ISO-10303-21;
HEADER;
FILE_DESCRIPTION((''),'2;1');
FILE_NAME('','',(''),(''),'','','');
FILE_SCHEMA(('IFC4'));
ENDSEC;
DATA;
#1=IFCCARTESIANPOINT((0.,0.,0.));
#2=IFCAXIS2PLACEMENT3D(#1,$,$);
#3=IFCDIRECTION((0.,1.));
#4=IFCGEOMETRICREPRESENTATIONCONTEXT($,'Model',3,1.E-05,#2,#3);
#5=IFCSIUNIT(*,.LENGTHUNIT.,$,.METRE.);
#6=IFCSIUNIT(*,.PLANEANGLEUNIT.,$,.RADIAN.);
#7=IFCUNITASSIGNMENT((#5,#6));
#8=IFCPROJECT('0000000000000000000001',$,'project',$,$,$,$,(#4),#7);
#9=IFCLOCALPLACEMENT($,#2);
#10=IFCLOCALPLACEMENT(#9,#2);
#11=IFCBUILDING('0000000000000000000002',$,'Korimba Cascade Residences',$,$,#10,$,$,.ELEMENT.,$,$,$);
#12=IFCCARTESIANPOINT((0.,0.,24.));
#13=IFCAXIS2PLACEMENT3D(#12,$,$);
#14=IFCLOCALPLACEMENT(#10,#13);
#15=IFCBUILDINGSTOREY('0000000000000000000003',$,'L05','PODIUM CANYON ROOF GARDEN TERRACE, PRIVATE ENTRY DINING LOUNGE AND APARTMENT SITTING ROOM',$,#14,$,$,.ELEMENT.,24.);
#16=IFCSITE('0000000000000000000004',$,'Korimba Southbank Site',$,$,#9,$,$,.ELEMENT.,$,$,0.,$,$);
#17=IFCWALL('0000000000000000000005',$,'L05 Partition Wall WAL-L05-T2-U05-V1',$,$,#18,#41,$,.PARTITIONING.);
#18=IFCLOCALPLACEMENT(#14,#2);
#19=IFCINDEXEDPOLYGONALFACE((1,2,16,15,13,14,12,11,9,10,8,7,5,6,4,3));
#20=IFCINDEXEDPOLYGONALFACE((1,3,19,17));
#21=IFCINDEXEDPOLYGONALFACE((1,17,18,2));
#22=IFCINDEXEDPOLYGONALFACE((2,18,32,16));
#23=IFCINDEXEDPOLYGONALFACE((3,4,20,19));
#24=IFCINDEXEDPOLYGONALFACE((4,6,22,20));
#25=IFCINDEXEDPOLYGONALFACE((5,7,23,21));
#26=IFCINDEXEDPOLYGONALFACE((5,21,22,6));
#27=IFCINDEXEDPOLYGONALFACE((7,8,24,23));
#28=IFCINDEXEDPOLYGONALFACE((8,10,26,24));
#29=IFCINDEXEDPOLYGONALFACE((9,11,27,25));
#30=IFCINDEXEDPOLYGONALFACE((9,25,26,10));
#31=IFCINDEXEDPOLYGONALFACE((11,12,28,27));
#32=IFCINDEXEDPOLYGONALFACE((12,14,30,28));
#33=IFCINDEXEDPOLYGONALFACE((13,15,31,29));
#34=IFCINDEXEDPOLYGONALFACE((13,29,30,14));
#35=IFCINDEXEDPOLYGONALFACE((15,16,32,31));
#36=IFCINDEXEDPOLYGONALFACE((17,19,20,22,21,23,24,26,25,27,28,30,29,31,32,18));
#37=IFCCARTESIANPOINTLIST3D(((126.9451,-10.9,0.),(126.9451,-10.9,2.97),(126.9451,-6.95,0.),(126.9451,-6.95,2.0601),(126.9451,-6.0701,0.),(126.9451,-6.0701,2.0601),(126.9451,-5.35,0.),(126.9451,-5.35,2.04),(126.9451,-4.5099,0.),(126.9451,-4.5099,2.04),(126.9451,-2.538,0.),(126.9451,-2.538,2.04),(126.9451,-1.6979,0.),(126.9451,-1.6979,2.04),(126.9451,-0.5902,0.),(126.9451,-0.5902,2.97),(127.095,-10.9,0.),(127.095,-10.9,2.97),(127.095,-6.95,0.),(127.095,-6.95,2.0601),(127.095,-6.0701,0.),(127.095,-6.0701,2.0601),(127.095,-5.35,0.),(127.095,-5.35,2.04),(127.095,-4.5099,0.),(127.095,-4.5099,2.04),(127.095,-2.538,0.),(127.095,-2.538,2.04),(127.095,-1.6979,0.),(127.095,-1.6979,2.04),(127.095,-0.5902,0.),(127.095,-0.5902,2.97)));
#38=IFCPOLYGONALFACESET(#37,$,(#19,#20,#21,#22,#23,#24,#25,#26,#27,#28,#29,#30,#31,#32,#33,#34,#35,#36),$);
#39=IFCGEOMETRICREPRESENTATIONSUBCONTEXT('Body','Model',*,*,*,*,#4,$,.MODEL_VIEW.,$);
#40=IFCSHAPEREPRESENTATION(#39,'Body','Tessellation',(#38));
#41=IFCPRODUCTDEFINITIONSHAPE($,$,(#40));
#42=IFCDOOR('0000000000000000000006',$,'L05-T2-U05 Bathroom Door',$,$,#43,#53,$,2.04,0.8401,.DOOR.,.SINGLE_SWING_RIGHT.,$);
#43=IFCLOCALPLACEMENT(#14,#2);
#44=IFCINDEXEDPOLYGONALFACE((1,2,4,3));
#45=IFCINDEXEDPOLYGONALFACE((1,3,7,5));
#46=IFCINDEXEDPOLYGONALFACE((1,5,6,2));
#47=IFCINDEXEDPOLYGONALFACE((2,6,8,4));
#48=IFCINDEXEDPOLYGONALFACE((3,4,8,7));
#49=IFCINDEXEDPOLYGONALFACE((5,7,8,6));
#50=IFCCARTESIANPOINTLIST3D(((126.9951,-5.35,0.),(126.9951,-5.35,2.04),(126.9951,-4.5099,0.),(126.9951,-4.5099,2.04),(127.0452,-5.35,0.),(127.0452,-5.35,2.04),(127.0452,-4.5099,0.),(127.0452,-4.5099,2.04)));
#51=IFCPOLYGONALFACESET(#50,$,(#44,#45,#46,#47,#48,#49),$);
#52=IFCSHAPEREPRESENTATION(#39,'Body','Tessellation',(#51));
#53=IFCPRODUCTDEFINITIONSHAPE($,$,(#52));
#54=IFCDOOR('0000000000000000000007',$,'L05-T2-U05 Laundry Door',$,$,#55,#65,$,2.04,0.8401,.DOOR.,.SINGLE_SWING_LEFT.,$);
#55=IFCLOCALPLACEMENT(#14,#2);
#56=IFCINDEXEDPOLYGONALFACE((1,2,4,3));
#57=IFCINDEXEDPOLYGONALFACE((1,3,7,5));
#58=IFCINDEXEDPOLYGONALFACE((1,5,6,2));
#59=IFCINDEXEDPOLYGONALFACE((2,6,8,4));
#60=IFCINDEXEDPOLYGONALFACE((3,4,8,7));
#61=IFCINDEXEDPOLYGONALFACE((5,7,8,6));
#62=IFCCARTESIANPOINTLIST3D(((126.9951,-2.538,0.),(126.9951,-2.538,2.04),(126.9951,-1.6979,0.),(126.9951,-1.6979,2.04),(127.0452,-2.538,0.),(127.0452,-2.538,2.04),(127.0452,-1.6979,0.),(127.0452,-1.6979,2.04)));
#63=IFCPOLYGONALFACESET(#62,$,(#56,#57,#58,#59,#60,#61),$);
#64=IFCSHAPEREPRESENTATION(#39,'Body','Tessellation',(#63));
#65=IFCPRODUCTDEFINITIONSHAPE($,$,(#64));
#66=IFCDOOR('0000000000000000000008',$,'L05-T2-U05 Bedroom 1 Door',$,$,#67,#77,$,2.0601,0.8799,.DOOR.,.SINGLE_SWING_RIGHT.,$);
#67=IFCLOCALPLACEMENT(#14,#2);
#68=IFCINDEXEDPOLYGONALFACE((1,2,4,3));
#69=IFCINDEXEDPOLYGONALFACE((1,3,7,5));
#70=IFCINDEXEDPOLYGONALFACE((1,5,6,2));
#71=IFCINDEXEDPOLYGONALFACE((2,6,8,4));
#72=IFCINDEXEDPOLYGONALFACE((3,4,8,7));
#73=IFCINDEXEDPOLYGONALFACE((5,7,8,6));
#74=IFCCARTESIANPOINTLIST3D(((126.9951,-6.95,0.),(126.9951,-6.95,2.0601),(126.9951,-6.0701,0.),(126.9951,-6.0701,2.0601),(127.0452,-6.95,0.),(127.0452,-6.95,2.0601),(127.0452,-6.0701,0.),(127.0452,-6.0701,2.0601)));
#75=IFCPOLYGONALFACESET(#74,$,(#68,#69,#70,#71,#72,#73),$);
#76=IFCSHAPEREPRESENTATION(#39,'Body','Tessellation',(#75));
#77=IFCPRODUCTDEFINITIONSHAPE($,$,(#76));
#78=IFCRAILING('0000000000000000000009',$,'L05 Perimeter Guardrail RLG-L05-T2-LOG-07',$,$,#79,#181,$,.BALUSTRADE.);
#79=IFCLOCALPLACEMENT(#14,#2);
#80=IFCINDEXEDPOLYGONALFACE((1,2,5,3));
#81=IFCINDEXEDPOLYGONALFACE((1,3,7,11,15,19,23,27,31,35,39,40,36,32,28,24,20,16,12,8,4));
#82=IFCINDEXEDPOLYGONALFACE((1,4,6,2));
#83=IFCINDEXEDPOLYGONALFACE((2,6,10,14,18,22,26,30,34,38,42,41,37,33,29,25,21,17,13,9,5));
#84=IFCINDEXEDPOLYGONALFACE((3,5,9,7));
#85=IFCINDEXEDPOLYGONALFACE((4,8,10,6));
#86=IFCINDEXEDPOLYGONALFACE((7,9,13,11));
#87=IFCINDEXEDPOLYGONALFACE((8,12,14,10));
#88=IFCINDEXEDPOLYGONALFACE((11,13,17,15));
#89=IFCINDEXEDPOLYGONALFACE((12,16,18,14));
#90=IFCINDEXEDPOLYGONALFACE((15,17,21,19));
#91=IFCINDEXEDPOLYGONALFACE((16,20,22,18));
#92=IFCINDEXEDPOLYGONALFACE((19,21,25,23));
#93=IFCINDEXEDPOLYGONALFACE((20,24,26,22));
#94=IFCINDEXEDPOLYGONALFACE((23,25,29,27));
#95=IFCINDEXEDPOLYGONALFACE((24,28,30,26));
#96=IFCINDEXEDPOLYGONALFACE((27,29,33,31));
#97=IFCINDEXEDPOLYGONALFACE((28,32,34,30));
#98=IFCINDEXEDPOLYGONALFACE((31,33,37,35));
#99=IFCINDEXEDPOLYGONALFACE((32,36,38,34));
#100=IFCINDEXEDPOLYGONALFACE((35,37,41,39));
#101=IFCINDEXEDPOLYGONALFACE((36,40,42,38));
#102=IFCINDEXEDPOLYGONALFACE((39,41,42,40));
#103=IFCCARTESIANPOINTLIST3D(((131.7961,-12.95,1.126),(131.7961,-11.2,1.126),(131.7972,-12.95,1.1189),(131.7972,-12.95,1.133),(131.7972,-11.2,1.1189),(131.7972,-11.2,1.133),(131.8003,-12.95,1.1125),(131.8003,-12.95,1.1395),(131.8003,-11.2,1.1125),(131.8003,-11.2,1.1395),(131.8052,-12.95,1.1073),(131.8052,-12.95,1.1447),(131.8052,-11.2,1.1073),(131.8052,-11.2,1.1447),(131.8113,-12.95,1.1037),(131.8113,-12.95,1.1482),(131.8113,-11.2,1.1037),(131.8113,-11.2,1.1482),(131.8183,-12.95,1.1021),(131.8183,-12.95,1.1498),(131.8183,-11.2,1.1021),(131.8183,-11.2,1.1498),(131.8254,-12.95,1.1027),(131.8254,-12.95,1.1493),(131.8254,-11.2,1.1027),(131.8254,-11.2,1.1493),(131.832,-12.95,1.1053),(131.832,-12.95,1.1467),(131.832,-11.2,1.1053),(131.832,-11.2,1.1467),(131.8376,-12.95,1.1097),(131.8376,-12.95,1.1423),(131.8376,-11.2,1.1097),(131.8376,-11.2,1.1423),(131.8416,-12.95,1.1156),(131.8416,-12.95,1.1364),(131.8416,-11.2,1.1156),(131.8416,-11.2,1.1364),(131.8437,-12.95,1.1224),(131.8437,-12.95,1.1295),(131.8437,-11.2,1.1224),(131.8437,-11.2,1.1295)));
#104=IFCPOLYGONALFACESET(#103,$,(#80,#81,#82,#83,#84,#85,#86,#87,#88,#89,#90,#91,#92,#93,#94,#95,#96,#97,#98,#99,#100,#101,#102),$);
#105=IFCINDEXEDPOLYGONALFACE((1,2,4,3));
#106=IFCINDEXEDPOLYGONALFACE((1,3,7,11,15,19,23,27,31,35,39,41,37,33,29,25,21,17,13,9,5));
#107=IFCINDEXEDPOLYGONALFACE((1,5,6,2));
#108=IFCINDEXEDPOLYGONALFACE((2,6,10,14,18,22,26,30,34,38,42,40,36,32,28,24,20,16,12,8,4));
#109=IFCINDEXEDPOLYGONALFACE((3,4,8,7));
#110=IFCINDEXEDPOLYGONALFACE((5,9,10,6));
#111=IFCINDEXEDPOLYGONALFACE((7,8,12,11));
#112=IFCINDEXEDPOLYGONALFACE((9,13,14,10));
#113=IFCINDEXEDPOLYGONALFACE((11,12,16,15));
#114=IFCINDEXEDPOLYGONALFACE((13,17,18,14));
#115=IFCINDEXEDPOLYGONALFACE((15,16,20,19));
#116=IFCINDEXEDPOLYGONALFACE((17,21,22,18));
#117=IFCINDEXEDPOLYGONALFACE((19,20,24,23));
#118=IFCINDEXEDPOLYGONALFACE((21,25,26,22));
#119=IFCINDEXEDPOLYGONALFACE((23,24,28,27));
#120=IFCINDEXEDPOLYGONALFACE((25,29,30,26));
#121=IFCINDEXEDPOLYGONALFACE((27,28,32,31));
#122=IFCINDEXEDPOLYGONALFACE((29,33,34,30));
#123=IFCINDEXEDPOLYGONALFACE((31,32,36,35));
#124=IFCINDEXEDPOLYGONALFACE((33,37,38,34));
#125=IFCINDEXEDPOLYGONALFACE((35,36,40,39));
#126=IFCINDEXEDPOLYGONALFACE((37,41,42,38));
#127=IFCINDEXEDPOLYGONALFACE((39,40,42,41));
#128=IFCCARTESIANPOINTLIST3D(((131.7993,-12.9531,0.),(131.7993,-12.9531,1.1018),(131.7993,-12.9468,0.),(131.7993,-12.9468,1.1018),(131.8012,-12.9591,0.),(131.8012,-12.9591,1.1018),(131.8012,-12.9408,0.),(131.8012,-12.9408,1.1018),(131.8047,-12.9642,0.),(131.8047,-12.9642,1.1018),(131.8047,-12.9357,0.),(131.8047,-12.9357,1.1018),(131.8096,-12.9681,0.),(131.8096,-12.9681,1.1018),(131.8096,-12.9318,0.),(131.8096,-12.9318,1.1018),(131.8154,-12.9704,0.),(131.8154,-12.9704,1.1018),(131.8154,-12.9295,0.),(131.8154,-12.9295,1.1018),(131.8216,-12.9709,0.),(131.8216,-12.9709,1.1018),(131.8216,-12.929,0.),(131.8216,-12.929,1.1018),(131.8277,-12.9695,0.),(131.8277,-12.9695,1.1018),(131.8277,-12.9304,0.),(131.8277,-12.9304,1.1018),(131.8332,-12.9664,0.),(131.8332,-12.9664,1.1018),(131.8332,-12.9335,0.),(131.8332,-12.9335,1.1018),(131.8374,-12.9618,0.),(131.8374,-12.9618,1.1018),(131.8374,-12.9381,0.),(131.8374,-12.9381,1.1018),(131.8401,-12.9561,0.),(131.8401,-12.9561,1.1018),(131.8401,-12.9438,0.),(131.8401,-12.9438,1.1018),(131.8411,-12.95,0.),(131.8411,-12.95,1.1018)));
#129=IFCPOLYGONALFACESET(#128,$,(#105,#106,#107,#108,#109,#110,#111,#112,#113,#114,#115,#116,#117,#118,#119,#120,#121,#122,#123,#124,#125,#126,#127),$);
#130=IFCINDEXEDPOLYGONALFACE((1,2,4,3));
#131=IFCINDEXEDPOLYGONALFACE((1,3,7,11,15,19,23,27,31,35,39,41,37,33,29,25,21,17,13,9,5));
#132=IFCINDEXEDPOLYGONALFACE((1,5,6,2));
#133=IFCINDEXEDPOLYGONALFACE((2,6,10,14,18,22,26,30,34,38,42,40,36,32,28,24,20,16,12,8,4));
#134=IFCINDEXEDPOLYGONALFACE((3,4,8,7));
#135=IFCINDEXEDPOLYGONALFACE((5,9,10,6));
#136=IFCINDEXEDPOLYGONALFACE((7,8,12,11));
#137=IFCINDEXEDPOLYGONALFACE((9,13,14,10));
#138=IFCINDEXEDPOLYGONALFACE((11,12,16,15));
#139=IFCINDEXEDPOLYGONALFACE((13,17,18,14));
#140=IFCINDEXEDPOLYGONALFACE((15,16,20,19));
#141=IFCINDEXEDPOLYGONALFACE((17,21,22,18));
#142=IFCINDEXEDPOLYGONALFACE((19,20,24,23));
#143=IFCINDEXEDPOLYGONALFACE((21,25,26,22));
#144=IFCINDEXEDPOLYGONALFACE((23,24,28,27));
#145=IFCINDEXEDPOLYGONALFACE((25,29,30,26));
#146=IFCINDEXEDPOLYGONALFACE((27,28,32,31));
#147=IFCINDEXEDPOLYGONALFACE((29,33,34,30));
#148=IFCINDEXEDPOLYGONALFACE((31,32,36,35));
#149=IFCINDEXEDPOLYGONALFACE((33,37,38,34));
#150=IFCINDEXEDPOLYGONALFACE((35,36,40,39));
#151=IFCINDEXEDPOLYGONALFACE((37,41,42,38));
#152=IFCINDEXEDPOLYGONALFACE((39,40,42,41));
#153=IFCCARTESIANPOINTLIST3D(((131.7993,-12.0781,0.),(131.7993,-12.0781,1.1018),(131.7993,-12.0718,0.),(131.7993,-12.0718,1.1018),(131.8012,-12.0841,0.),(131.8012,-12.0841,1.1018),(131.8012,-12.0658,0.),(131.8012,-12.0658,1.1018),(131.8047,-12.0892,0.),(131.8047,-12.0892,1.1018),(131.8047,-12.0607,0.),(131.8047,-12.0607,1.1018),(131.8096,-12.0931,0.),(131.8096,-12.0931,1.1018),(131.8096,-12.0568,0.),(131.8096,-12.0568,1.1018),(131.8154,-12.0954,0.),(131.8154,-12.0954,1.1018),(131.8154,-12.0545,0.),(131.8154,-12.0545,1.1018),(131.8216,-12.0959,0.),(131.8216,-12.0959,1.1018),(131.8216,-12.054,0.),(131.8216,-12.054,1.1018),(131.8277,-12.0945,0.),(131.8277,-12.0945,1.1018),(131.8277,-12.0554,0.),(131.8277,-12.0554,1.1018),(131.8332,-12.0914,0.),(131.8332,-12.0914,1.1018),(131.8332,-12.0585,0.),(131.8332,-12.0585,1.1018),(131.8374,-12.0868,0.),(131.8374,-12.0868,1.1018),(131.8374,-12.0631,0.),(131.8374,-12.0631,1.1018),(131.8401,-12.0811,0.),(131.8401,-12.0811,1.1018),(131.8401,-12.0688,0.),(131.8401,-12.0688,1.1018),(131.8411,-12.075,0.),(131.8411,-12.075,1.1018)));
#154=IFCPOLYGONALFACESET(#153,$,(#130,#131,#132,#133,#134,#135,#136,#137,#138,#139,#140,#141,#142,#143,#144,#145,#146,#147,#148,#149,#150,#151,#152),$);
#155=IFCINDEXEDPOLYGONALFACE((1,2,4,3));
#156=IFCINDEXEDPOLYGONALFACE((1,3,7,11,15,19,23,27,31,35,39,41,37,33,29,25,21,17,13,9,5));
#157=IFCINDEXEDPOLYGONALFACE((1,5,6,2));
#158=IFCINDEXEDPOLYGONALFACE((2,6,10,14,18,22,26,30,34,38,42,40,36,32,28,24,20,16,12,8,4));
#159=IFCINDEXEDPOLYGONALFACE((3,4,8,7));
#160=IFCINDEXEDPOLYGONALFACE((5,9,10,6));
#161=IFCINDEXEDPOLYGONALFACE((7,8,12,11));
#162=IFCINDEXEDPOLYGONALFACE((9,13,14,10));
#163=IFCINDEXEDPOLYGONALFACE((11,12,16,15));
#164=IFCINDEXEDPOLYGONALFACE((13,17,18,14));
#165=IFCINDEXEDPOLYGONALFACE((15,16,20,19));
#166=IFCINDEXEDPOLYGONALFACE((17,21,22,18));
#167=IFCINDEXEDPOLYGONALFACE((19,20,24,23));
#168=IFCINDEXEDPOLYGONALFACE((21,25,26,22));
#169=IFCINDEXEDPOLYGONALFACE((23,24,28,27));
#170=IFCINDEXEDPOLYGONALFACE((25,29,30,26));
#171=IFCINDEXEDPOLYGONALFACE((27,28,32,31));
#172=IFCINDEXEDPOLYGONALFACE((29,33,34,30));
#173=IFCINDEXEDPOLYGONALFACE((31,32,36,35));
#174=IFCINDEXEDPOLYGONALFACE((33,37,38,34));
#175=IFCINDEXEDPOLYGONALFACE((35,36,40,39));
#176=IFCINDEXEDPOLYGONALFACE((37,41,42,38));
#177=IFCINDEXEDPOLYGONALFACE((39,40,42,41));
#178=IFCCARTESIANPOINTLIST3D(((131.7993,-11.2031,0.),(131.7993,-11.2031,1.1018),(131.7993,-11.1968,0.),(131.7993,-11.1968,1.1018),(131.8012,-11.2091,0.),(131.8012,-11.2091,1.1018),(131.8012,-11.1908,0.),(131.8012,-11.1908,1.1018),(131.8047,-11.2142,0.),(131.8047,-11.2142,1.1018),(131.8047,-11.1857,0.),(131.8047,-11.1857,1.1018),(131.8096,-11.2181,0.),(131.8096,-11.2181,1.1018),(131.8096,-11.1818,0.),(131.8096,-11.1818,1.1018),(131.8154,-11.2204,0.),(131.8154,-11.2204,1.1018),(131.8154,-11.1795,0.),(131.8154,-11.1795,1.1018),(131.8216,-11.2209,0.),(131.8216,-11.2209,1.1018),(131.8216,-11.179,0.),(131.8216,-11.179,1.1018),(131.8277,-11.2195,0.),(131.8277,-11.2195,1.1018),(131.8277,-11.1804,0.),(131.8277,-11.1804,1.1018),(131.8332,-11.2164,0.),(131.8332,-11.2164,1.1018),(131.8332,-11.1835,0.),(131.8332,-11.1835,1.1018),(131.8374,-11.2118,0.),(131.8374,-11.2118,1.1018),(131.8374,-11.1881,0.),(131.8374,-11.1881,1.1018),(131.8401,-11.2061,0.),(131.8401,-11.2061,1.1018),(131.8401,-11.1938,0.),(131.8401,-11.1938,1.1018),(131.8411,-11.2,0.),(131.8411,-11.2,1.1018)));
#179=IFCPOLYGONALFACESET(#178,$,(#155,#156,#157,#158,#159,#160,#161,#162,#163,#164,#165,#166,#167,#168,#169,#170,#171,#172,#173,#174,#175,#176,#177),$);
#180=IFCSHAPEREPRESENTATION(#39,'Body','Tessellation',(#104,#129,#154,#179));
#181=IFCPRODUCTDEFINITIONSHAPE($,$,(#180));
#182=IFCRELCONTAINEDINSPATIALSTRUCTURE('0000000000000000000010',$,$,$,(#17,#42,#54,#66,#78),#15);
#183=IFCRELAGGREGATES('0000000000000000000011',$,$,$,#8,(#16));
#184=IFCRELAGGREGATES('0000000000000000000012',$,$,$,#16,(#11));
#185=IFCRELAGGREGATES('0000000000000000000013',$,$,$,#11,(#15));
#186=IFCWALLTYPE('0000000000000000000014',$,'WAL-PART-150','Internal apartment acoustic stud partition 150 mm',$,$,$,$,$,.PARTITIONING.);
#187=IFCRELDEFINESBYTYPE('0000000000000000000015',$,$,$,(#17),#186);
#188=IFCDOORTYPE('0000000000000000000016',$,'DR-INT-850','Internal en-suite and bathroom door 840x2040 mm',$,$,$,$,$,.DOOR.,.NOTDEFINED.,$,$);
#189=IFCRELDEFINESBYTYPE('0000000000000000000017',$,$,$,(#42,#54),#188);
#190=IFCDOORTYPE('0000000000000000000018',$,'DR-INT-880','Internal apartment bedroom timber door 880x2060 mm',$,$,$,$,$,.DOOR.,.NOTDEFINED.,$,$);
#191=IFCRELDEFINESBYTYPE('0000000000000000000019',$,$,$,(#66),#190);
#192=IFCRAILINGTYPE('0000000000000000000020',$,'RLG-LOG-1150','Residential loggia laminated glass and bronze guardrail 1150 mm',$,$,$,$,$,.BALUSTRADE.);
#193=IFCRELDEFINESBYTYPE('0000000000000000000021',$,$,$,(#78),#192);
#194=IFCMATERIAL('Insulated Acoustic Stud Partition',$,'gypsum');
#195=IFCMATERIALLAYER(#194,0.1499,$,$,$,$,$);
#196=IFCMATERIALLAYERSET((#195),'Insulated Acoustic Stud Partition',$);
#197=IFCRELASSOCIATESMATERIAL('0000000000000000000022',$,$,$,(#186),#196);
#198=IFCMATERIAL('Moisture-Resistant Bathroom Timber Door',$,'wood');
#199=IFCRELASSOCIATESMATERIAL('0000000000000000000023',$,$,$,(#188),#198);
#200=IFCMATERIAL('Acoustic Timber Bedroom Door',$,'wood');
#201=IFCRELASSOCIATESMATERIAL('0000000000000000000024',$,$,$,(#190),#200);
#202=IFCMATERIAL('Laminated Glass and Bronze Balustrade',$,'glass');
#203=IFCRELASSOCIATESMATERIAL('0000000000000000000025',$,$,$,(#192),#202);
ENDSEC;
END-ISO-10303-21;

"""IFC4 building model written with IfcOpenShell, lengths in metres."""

from ifc_helpers import new_model, si_unit, direction, frame, frame_2d, origin, origin_2d, place, context, subcontext, project, spatial, rectangle, circle, extrude, material, layer, layer_set, type_object, element, fill, save


model = new_model("IFC4")

# Units and contexts
model_context = context("Model", 3, precision=1e-05, world=origin(), true_north=direction((0.0, 1.0)))
body_context = subcontext(model_context, "Body", "Model", "MODEL_VIEW")
ifc_project = project(units=[si_unit("LENGTHUNIT", "METRE"), si_unit("PLANEANGLEUNIT", "RADIAN")], contexts=[model_context])

# Site, building, storey
site_placement = place(None, origin())
site = spatial("IfcSite", under=ifc_project, at=site_placement, Name="Korimba Southbank Site", CompositionType="ELEMENT", RefElevation=0.0)
building_placement = place(site_placement, origin())
building = spatial("IfcBuilding", under=site, at=building_placement, Name="Korimba Cascade Residences", CompositionType="ELEMENT")
storey_placement = place(building_placement, frame((0.0, 0.0, 24.0)))
storey = spatial("IfcBuildingStorey", under=building, at=storey_placement, Name="L05", Description="PODIUM CANYON ROOF GARDEN TERRACE, PRIVATE ENTRY DINING LOUNGE AND APARTMENT SITTING ROOM", CompositionType="ELEMENT", Elevation=24.0)

# Shared definitions
ifc_material_1 = material(Name="Insulated Acoustic Stud Partition", Category="gypsum")
ifc_layer_1 = layer(ifc_material_1, 0.1499)
ifc_layer_set_1 = layer_set([ifc_layer_1], Name="Insulated Acoustic Stud Partition")
wall_type_1 = type_object("IfcWallType", Name="WAL-PART-150", Description="Internal apartment acoustic stud partition 150 mm", PredefinedType="PARTITIONING", material=ifc_layer_set_1)
ifc_material_2 = material(Name="Moisture-Resistant Bathroom Timber Door", Category="wood")
door_type_1 = type_object("IfcDoorType", Name="DR-INT-850", Description="Internal en-suite and bathroom door 840x2040 mm", OperationType="NOTDEFINED", PredefinedType="DOOR", material=ifc_material_2)
ifc_material_3 = material(Name="Acoustic Timber Bedroom Door", Category="wood")
door_type_2 = type_object("IfcDoorType", Name="DR-INT-880", Description="Internal apartment bedroom timber door 880x2060 mm", OperationType="NOTDEFINED", PredefinedType="DOOR", material=ifc_material_3)

# Wall, openings, doors
wall_1_placement = place(storey_placement, frame((127.02, -10.8999, 0.0), z_axis=(0.0, 0.0, 1.0), x_axis=(0.0, 1.0, 0.0)))
wall_1 = element("IfcWall", 1, at=wall_1_placement, inside=storey, type_object=wall_type_1, Name="L05 Partition Wall WAL-L05-T2-U05-V1", PredefinedType="PARTITIONING", context=body_context, shape_type="SweptSolid", body=[
    extrude(rectangle(XDim=10.3098, YDim=0.1499, at=frame_2d((5.1548, 0.0))), origin(), (0.0, 0.0, 1.0), 2.97),
])
opening_1_placement = place(wall_1_placement, frame((5.55, 0.0, 0.0)))
opening_1 = element("IfcOpeningElement", 2, at=opening_1_placement, cuts=wall_1, PredefinedType="OPENING", context=body_context, shape_type="SweptSolid", body=[
    extrude(rectangle(XDim=0.8401, YDim=2.04, at=frame_2d((0.4199, 1.02))), frame((0.0, 0.085, 0.0), z_axis=(0.0, -1.0, 0.0), x_axis=(1.0, 0.0, 0.0)), (0.0, 0.0, 1.0), 0.1699),
])
opening_2_placement = place(wall_1_placement, frame((8.3621, 0.0, 0.0)))
opening_2 = element("IfcOpeningElement", 3, at=opening_2_placement, cuts=wall_1, PredefinedType="OPENING", context=body_context, shape_type="SweptSolid", body=[
    extrude(rectangle(XDim=0.8401, YDim=2.04, at=frame_2d((0.4199, 1.02))), frame((0.0, 0.085, 0.0), z_axis=(0.0, -1.0, 0.0), x_axis=(1.0, 0.0, 0.0)), (0.0, 0.0, 1.0), 0.1699),
])
opening_3_placement = place(wall_1_placement, frame((3.95, 0.0, 0.0)))
opening_3 = element("IfcOpeningElement", 4, at=opening_3_placement, cuts=wall_1, PredefinedType="OPENING", context=body_context, shape_type="SweptSolid", body=[
    extrude(rectangle(XDim=0.8799, YDim=2.0601, at=frame_2d((0.4399, 1.03))), frame((0.0, 0.085, 0.0), z_axis=(0.0, -1.0, 0.0), x_axis=(1.0, 0.0, 0.0)), (0.0, 0.0, 1.0), 0.1699),
])
door_1_placement = place(opening_1_placement, origin())
door_1 = element("IfcDoor", 5, at=door_1_placement, inside=storey, type_object=door_type_1, Name="L05-T2-U05 Bathroom Door", OperationType="SINGLE_SWING_RIGHT", OverallHeight=2.04, OverallWidth=0.8401, PredefinedType="DOOR", context=body_context, shape_type="SweptSolid", body=[
    extrude(rectangle(XDim=0.8401, YDim=2.04, at=frame_2d((0.4199, 1.02))), frame((0.0, 0.0249, 0.0), z_axis=(0.0, -1.0, 0.0), x_axis=(1.0, 0.0, 0.0)), (0.0, 0.0, 1.0), 0.05),
])
fill(opening_1, door_1)
door_2_placement = place(opening_2_placement, origin())
door_2 = element("IfcDoor", 6, at=door_2_placement, inside=storey, type_object=door_type_1, Name="L05-T2-U05 Laundry Door", OperationType="SINGLE_SWING_LEFT", OverallHeight=2.04, OverallWidth=0.8401, PredefinedType="DOOR", context=body_context, shape_type="SweptSolid", body=[
    extrude(rectangle(XDim=0.8401, YDim=2.04, at=frame_2d((0.4199, 1.02))), frame((0.0, 0.0249, 0.0), z_axis=(0.0, -1.0, 0.0), x_axis=(1.0, 0.0, 0.0)), (0.0, 0.0, 1.0), 0.05),
])
fill(opening_2, door_2)
door_3_placement = place(opening_3_placement, origin())
door_3 = element("IfcDoor", 7, at=door_3_placement, inside=storey, type_object=door_type_2, Name="L05-T2-U05 Bedroom 1 Door", OperationType="SINGLE_SWING_RIGHT", OverallHeight=2.0601, OverallWidth=0.8799, PredefinedType="DOOR", context=body_context, shape_type="SweptSolid", body=[
    extrude(rectangle(XDim=0.8799, YDim=2.0601, at=frame_2d((0.4399, 1.03))), frame((0.0, 0.0249, 0.0), z_axis=(0.0, -1.0, 0.0), x_axis=(1.0, 0.0, 0.0)), (0.0, 0.0, 1.0), 0.05),
])
fill(opening_3, door_3)

# Railing
ifc_material_4 = material(Name="Laminated Glass and Bronze Balustrade", Category="glass")
railing_type = type_object("IfcRailingType", Name="RLG-LOG-1150", Description="Residential loggia laminated glass and bronze guardrail 1150 mm", PredefinedType="BALUSTRADE", material=ifc_material_4)
railing_placement = place(storey_placement, frame((131.8201, -12.95, 0.0)))
element("IfcRailing", 8, at=railing_placement, inside=storey, type_object=railing_type, Name="L05 Perimeter Guardrail RLG-L05-T2-LOG-07", PredefinedType="BALUSTRADE", context=body_context, shape_type="SweptSolid", body=[
    extrude(circle(Radius=0.0239, at=origin_2d()), frame((0.0, 0.0, 1.126), z_axis=(0.0, 1.0, 0.0), x_axis=(-1.0, 0.0, 0.0)), (0.0, 0.0, 1.0), 1.75),
    extrude(circle(Radius=0.021, at=origin_2d()), origin(), (0.0, 0.0, 1.0), 1.1018),
    extrude(circle(Radius=0.021, at=origin_2d()), frame((0.0, 0.875, 0.0)), (0.0, 0.0, 1.0), 1.1018),
    extrude(circle(Radius=0.021, at=origin_2d()), frame((0.0, 1.75, 0.0)), (0.0, 0.0, 1.0), 1.1018),
])

save(model, "model.ifc")
